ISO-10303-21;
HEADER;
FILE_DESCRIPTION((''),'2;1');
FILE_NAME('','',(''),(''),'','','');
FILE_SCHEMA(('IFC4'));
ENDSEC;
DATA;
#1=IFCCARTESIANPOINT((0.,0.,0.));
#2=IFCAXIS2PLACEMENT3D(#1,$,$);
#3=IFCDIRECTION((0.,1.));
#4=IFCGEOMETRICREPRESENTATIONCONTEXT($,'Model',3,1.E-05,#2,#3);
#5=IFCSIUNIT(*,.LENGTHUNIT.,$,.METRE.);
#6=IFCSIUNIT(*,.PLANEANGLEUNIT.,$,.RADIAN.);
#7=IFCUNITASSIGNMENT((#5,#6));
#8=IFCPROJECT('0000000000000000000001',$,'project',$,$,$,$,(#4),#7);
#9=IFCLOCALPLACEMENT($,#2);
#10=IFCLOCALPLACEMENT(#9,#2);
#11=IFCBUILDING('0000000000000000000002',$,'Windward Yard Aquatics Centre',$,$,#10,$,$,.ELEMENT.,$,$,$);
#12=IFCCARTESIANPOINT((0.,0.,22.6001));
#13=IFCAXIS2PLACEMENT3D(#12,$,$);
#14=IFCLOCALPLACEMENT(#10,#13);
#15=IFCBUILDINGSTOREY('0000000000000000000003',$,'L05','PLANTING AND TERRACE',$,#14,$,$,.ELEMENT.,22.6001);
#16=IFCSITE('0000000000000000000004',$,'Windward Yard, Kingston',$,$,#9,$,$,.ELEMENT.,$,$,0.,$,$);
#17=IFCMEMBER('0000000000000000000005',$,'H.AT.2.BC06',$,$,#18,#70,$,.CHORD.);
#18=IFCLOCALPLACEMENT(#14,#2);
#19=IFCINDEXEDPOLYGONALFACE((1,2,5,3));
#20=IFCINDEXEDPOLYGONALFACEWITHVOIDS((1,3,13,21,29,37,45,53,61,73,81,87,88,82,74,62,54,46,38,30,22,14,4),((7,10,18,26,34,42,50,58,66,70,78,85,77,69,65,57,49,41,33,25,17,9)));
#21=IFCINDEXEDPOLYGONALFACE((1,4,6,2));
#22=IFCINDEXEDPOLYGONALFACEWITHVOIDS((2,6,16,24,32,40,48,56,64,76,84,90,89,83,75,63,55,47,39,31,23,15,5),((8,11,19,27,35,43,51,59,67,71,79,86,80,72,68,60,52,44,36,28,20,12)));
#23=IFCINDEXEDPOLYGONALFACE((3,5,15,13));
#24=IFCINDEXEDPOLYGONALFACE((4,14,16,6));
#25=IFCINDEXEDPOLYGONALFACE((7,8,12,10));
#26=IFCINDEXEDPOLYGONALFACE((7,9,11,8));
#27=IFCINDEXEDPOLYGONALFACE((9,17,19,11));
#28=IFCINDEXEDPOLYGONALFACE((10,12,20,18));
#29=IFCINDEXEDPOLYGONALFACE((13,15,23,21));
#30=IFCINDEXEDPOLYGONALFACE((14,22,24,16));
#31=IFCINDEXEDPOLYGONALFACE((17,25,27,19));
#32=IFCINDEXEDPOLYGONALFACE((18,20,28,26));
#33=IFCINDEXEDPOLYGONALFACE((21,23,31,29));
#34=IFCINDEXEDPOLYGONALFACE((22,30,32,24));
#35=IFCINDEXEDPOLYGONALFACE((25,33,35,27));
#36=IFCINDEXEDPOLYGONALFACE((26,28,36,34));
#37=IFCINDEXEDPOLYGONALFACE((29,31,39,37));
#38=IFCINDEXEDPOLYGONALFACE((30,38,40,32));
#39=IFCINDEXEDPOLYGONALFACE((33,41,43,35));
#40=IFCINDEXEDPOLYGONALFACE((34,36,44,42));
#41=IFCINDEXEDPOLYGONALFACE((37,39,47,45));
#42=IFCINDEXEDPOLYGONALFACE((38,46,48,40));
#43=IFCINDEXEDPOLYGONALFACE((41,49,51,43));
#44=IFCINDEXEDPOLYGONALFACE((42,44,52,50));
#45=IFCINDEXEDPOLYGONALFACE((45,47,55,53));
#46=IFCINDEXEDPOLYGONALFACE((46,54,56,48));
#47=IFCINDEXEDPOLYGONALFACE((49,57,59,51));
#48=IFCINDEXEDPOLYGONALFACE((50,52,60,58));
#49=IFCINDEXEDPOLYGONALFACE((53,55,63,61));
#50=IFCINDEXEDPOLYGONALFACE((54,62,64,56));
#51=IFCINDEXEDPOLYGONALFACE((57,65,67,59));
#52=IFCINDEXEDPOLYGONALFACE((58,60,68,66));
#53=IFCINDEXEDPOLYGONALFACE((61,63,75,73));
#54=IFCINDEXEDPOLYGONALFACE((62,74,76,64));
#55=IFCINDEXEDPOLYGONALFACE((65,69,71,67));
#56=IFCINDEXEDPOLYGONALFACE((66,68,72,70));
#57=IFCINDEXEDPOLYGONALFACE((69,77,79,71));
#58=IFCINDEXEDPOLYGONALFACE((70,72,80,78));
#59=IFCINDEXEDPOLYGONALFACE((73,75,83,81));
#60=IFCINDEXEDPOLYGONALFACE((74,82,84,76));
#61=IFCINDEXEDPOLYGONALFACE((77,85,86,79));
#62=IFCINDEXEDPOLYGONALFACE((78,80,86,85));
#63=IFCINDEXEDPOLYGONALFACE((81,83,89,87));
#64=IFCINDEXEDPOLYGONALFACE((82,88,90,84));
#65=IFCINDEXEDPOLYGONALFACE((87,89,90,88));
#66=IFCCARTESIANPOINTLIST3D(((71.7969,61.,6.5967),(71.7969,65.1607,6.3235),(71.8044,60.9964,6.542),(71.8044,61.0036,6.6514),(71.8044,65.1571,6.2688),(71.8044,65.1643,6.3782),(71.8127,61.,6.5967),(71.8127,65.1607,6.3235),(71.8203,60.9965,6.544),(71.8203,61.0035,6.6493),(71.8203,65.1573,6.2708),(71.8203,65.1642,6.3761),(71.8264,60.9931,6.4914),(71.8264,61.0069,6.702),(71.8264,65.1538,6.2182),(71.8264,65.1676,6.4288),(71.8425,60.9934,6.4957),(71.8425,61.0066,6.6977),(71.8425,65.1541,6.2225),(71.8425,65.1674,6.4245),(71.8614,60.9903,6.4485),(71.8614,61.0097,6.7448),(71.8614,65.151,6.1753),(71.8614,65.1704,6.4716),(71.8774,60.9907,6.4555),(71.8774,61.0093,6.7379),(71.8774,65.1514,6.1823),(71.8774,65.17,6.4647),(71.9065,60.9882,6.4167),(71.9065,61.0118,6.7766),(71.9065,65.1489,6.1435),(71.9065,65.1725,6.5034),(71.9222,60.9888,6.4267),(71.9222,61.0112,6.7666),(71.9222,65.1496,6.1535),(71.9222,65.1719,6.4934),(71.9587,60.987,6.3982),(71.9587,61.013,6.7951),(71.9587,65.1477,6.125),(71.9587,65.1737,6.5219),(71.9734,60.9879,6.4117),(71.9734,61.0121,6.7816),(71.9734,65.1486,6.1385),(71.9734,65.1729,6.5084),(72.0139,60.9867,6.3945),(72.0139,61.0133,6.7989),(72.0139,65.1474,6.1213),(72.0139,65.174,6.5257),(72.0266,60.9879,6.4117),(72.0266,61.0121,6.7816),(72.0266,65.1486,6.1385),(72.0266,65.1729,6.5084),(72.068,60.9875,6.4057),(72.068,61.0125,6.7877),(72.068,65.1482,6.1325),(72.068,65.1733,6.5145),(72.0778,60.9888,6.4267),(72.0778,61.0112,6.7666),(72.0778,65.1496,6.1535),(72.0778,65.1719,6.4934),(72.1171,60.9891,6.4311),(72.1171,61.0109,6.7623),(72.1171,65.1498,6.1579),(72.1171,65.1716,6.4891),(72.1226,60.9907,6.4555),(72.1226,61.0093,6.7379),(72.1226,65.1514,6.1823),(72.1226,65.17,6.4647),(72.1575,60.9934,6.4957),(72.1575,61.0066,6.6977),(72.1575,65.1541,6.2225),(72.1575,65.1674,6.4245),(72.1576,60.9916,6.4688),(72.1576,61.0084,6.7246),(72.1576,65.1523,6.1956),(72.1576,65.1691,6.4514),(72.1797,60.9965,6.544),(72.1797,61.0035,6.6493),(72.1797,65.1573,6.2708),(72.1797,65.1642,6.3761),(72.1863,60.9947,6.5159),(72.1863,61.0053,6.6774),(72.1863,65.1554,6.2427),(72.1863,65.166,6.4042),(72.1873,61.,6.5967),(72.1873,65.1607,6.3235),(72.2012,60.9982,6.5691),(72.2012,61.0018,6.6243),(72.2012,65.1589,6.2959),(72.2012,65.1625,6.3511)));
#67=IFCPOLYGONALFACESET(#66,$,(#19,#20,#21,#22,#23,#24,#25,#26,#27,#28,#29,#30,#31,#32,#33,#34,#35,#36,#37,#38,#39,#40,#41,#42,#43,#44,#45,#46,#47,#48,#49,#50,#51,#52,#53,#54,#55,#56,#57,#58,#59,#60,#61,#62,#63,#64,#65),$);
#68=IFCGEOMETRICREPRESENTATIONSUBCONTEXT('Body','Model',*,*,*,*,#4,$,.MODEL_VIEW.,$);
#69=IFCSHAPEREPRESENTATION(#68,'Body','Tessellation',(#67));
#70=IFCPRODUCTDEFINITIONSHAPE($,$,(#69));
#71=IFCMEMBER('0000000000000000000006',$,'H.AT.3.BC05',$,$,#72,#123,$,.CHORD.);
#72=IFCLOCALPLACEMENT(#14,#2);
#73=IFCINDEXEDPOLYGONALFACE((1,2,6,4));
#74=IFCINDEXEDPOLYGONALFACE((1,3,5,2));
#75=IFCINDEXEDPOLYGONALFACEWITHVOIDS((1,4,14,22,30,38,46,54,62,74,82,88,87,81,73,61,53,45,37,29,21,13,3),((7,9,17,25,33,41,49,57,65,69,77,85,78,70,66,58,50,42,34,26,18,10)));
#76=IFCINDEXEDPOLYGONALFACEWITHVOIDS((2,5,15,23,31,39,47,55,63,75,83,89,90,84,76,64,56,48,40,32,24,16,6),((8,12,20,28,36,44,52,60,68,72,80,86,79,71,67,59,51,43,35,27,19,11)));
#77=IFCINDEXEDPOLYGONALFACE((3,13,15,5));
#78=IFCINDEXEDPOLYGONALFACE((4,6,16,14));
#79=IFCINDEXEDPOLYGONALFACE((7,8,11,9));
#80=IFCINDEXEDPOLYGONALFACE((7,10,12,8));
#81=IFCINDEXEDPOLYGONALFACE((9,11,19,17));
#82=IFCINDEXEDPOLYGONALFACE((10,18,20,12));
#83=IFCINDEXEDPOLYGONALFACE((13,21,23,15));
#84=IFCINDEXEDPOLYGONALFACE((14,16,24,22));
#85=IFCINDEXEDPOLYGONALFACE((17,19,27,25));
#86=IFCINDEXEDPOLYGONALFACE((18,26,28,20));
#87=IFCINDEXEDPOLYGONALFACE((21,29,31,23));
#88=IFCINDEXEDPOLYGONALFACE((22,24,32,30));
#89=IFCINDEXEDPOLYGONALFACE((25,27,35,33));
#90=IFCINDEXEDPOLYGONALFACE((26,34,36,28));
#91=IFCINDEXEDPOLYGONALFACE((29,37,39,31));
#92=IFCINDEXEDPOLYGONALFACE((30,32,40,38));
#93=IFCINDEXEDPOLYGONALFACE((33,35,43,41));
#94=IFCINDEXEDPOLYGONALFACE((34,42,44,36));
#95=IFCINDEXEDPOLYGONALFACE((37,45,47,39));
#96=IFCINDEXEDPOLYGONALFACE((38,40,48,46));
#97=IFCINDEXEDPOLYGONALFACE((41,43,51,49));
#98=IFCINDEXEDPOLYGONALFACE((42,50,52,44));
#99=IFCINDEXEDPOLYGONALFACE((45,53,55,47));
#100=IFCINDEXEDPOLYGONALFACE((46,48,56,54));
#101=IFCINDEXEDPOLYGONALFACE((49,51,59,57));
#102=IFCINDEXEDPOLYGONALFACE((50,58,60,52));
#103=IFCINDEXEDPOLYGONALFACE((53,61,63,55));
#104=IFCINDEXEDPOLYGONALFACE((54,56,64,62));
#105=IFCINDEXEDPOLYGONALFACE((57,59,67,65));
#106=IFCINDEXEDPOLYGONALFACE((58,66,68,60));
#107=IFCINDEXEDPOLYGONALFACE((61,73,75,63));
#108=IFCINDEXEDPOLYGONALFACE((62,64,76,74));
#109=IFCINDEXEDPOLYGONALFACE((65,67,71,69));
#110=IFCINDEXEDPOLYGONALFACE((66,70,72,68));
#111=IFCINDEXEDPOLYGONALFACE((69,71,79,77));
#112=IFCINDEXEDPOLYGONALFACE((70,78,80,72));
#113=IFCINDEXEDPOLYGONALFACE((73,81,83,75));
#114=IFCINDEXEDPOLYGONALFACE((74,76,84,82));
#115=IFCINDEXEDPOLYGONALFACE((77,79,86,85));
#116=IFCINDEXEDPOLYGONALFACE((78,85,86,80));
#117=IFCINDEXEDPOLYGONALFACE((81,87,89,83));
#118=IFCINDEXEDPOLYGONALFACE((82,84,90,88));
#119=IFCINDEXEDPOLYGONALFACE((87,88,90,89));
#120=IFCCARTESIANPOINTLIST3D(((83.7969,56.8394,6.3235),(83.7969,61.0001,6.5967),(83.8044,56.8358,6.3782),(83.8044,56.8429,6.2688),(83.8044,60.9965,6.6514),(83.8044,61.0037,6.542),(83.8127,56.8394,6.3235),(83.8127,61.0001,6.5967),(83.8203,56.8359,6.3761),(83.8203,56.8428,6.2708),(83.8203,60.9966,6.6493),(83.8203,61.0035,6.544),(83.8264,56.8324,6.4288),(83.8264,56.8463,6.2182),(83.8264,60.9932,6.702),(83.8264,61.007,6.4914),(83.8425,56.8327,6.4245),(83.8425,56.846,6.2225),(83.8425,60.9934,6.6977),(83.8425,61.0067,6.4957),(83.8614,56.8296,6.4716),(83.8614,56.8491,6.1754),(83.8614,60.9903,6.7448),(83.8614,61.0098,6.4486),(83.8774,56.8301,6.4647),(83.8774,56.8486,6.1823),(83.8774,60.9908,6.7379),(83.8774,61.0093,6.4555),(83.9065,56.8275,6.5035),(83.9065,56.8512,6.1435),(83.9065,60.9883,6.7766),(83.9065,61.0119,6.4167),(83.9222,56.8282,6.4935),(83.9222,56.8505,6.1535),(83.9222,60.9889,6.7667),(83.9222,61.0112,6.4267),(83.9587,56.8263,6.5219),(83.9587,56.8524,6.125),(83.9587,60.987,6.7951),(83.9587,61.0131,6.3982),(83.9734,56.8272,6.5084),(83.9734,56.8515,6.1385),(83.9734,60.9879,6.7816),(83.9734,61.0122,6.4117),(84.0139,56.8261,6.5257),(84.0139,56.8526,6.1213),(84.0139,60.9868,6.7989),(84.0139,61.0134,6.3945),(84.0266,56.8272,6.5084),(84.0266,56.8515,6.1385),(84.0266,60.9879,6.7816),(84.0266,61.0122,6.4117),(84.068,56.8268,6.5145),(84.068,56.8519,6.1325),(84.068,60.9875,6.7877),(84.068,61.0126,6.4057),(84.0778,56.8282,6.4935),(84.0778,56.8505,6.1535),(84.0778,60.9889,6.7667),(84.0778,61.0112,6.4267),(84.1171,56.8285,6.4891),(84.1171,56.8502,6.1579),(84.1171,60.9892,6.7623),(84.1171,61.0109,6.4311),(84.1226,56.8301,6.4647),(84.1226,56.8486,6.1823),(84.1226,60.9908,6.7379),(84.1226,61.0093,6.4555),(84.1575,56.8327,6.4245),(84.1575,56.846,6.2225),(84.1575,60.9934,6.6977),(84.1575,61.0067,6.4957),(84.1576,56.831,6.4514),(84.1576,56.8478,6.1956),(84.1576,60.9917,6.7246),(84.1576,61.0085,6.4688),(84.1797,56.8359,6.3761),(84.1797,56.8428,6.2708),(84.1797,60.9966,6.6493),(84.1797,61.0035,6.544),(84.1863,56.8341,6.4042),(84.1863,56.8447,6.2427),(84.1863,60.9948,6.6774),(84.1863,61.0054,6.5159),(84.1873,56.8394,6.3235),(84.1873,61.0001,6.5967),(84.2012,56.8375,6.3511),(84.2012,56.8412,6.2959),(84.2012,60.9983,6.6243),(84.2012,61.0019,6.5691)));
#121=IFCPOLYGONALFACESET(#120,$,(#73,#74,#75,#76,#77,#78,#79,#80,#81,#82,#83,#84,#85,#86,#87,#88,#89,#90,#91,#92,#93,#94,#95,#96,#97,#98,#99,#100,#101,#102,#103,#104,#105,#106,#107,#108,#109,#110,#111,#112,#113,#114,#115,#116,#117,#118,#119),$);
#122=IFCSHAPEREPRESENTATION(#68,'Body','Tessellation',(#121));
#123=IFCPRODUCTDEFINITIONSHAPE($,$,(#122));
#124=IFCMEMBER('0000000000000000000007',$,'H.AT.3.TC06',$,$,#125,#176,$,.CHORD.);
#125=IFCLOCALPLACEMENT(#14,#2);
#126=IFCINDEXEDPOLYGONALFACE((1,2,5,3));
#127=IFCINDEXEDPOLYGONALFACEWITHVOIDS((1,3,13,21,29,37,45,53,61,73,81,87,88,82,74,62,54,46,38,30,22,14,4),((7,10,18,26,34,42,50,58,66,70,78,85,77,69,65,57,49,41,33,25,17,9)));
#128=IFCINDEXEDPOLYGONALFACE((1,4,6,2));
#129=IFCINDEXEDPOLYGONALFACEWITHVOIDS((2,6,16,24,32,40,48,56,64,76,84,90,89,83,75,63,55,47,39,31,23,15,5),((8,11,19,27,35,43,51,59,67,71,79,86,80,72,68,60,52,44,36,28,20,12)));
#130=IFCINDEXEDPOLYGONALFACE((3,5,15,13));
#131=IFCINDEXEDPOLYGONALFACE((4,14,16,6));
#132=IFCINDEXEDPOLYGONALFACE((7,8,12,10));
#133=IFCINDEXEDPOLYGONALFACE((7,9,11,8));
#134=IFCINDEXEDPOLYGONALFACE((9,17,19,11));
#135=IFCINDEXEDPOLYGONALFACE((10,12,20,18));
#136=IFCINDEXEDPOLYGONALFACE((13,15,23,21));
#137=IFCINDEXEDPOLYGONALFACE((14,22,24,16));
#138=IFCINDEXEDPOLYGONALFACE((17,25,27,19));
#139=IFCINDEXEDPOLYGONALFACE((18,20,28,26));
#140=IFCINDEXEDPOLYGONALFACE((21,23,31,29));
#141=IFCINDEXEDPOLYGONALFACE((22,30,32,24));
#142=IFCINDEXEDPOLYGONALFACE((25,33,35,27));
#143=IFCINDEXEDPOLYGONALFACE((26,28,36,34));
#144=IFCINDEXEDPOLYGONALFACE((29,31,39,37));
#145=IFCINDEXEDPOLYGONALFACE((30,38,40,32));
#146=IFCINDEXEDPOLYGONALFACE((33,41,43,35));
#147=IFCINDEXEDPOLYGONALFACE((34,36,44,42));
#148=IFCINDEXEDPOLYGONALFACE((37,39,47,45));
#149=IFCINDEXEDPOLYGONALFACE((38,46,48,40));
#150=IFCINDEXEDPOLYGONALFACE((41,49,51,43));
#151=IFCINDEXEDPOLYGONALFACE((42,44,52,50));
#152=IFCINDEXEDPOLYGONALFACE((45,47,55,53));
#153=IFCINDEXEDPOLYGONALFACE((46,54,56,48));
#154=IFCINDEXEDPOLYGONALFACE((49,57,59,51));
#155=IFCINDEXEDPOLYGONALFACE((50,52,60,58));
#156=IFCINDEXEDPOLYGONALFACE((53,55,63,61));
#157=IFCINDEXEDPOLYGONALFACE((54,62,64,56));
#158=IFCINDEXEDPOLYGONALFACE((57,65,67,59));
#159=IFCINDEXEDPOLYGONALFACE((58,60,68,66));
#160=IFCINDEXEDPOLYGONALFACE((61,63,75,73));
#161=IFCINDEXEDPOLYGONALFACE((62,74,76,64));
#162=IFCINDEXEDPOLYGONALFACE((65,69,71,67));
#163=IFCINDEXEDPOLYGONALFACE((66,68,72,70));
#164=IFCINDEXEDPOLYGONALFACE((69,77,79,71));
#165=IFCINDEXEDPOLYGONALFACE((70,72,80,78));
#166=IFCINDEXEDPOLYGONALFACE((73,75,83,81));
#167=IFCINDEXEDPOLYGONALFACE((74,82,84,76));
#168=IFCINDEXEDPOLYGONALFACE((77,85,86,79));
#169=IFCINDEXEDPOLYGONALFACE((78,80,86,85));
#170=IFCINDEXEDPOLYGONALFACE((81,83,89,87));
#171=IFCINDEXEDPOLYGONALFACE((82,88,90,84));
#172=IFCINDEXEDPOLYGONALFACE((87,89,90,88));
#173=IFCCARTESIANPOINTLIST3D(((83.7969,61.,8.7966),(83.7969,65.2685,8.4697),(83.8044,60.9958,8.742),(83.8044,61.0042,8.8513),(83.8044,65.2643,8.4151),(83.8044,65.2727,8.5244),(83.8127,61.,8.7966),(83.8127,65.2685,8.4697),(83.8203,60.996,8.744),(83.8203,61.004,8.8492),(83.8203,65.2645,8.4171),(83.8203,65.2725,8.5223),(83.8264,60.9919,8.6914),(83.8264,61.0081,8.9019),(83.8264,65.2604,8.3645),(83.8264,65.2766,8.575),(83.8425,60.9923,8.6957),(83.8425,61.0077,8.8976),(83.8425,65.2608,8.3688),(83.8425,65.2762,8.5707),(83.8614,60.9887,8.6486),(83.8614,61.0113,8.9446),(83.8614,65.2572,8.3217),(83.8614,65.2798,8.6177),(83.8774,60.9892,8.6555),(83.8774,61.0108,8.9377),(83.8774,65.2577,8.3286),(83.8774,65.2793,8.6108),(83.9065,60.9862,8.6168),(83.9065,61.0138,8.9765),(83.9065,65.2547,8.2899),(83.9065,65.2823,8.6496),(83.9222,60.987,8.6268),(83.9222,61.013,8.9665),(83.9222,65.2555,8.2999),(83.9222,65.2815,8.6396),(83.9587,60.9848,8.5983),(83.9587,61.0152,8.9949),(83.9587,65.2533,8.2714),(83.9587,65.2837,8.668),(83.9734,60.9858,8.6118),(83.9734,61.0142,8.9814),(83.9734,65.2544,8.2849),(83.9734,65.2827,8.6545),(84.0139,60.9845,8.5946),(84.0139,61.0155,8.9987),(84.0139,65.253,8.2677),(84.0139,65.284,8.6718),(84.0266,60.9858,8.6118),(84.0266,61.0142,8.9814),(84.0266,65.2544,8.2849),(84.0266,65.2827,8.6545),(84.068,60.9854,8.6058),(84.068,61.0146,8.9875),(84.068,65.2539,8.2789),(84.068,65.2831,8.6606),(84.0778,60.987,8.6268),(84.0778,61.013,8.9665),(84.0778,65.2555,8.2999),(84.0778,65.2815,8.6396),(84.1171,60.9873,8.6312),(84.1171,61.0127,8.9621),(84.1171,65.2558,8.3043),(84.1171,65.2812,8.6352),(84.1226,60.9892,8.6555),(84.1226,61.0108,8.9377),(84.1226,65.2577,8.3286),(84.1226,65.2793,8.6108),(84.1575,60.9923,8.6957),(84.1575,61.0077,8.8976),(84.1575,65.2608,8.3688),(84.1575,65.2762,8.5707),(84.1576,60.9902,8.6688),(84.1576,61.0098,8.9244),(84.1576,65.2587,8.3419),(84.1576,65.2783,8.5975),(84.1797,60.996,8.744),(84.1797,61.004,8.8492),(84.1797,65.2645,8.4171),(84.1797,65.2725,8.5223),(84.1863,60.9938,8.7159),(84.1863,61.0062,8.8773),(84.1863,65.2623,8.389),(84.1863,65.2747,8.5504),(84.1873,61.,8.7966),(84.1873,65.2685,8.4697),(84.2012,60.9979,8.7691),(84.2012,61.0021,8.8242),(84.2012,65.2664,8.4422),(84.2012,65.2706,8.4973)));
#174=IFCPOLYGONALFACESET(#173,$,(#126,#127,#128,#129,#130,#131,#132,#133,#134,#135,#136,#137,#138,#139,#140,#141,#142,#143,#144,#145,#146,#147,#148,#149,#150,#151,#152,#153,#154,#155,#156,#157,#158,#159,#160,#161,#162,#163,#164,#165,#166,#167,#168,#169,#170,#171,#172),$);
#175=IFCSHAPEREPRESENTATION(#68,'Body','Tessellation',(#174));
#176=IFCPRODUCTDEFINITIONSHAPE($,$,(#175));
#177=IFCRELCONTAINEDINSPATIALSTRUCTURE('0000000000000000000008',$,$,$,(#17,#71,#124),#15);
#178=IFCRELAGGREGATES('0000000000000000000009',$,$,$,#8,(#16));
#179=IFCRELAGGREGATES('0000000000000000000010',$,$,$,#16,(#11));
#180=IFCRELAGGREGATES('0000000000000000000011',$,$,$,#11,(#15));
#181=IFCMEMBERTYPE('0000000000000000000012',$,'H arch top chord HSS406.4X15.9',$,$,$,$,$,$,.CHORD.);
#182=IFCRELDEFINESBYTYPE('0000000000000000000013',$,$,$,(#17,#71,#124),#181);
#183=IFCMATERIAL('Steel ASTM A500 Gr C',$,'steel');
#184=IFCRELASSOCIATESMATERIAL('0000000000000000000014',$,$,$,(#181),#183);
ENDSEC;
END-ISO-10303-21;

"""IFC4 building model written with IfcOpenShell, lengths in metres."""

from ifc_helpers import new_model, si_unit, direction, frame, origin, origin_2d, place, context, subcontext, project, spatial, hollow_circle, extrude, material, material_profile, profile_set, type_object, element, save


model = new_model("IFC4")

# Units and contexts
model_context = context("Model", 3, precision=1e-05, world=origin(), true_north=direction((0.0, 1.0)))
body_context = subcontext(model_context, "Body", "Model", "MODEL_VIEW")
ifc_project = project(units=[si_unit("LENGTHUNIT", "METRE"), si_unit("PLANEANGLEUNIT", "RADIAN")], contexts=[model_context])

# Site, building, storey
site_placement = place(None, origin())
site = spatial("IfcSite", under=ifc_project, at=site_placement, Name="Windward Yard, Kingston", CompositionType="ELEMENT", RefElevation=0.0)
building_placement = place(site_placement, origin())
building = spatial("IfcBuilding", under=site, at=building_placement, Name="Windward Yard Aquatics Centre", CompositionType="ELEMENT")
storey_placement = place(building_placement, frame((0.0, 0.0, 22.6001)))
storey = spatial("IfcBuildingStorey", under=building, at=storey_placement, Name="L05", Description="PLANTING AND TERRACE", CompositionType="ELEMENT", Elevation=22.6001)

# Members
ifc_material_1 = material(Name="Steel ASTM A500 Gr C", Category="steel")
ifc_material_profile_1 = material_profile(ifc_material_1, hollow_circle(Radius=0.2031, WallThickness=0.0159, at=origin_2d()), Name="HSS406.4X15.9")
ifc_profile_set_1 = profile_set([ifc_material_profile_1], Name="Steel ASTM A500 Gr C")
member_type_1 = type_object("IfcMemberType", Name="H arch top chord HSS406.4X15.9", PredefinedType="CHORD", material=ifc_profile_set_1)
for number, where, z_axis, x_axis, name in (
    (1, (72.0, 61.0, 6.5967), (0.0, 0.997851, -0.06552), (-1.0, 0.0, 0.0), "H.AT.2.BC06"),
    (2, (84.0, 56.8394, 6.3235), (0.0, 0.997851, 0.06552), (-1.0, 0.0, 0.0), "H.AT.3.BC05"),
):
    element("IfcMember", number, at=place(storey_placement, frame(where, z_axis=z_axis, x_axis=x_axis)), inside=storey, type_object=member_type_1, Name=name, PredefinedType="CHORD", context=body_context, shape_type="SweptSolid", body=[
        extrude(hollow_circle(Radius=0.2031, WallThickness=0.0159, at=origin_2d()), origin(), (0.0, 0.0, 1.0), 4.1697),
    ])
member_1_placement = place(storey_placement, frame((84.0, 61.0, 8.7966), z_axis=(0.0, 0.99708, -0.076361), x_axis=(-1.0, 0.0, 0.0)))
element("IfcMember", 3, at=member_1_placement, inside=storey, type_object=member_type_1, Name="H.AT.3.TC06", PredefinedType="CHORD", context=body_context, shape_type="SweptSolid", body=[
    extrude(hollow_circle(Radius=0.2031, WallThickness=0.0159, at=origin_2d()), origin(), (0.0, 0.0, 1.0), 4.281),
])

save(model, "model.ifc")
